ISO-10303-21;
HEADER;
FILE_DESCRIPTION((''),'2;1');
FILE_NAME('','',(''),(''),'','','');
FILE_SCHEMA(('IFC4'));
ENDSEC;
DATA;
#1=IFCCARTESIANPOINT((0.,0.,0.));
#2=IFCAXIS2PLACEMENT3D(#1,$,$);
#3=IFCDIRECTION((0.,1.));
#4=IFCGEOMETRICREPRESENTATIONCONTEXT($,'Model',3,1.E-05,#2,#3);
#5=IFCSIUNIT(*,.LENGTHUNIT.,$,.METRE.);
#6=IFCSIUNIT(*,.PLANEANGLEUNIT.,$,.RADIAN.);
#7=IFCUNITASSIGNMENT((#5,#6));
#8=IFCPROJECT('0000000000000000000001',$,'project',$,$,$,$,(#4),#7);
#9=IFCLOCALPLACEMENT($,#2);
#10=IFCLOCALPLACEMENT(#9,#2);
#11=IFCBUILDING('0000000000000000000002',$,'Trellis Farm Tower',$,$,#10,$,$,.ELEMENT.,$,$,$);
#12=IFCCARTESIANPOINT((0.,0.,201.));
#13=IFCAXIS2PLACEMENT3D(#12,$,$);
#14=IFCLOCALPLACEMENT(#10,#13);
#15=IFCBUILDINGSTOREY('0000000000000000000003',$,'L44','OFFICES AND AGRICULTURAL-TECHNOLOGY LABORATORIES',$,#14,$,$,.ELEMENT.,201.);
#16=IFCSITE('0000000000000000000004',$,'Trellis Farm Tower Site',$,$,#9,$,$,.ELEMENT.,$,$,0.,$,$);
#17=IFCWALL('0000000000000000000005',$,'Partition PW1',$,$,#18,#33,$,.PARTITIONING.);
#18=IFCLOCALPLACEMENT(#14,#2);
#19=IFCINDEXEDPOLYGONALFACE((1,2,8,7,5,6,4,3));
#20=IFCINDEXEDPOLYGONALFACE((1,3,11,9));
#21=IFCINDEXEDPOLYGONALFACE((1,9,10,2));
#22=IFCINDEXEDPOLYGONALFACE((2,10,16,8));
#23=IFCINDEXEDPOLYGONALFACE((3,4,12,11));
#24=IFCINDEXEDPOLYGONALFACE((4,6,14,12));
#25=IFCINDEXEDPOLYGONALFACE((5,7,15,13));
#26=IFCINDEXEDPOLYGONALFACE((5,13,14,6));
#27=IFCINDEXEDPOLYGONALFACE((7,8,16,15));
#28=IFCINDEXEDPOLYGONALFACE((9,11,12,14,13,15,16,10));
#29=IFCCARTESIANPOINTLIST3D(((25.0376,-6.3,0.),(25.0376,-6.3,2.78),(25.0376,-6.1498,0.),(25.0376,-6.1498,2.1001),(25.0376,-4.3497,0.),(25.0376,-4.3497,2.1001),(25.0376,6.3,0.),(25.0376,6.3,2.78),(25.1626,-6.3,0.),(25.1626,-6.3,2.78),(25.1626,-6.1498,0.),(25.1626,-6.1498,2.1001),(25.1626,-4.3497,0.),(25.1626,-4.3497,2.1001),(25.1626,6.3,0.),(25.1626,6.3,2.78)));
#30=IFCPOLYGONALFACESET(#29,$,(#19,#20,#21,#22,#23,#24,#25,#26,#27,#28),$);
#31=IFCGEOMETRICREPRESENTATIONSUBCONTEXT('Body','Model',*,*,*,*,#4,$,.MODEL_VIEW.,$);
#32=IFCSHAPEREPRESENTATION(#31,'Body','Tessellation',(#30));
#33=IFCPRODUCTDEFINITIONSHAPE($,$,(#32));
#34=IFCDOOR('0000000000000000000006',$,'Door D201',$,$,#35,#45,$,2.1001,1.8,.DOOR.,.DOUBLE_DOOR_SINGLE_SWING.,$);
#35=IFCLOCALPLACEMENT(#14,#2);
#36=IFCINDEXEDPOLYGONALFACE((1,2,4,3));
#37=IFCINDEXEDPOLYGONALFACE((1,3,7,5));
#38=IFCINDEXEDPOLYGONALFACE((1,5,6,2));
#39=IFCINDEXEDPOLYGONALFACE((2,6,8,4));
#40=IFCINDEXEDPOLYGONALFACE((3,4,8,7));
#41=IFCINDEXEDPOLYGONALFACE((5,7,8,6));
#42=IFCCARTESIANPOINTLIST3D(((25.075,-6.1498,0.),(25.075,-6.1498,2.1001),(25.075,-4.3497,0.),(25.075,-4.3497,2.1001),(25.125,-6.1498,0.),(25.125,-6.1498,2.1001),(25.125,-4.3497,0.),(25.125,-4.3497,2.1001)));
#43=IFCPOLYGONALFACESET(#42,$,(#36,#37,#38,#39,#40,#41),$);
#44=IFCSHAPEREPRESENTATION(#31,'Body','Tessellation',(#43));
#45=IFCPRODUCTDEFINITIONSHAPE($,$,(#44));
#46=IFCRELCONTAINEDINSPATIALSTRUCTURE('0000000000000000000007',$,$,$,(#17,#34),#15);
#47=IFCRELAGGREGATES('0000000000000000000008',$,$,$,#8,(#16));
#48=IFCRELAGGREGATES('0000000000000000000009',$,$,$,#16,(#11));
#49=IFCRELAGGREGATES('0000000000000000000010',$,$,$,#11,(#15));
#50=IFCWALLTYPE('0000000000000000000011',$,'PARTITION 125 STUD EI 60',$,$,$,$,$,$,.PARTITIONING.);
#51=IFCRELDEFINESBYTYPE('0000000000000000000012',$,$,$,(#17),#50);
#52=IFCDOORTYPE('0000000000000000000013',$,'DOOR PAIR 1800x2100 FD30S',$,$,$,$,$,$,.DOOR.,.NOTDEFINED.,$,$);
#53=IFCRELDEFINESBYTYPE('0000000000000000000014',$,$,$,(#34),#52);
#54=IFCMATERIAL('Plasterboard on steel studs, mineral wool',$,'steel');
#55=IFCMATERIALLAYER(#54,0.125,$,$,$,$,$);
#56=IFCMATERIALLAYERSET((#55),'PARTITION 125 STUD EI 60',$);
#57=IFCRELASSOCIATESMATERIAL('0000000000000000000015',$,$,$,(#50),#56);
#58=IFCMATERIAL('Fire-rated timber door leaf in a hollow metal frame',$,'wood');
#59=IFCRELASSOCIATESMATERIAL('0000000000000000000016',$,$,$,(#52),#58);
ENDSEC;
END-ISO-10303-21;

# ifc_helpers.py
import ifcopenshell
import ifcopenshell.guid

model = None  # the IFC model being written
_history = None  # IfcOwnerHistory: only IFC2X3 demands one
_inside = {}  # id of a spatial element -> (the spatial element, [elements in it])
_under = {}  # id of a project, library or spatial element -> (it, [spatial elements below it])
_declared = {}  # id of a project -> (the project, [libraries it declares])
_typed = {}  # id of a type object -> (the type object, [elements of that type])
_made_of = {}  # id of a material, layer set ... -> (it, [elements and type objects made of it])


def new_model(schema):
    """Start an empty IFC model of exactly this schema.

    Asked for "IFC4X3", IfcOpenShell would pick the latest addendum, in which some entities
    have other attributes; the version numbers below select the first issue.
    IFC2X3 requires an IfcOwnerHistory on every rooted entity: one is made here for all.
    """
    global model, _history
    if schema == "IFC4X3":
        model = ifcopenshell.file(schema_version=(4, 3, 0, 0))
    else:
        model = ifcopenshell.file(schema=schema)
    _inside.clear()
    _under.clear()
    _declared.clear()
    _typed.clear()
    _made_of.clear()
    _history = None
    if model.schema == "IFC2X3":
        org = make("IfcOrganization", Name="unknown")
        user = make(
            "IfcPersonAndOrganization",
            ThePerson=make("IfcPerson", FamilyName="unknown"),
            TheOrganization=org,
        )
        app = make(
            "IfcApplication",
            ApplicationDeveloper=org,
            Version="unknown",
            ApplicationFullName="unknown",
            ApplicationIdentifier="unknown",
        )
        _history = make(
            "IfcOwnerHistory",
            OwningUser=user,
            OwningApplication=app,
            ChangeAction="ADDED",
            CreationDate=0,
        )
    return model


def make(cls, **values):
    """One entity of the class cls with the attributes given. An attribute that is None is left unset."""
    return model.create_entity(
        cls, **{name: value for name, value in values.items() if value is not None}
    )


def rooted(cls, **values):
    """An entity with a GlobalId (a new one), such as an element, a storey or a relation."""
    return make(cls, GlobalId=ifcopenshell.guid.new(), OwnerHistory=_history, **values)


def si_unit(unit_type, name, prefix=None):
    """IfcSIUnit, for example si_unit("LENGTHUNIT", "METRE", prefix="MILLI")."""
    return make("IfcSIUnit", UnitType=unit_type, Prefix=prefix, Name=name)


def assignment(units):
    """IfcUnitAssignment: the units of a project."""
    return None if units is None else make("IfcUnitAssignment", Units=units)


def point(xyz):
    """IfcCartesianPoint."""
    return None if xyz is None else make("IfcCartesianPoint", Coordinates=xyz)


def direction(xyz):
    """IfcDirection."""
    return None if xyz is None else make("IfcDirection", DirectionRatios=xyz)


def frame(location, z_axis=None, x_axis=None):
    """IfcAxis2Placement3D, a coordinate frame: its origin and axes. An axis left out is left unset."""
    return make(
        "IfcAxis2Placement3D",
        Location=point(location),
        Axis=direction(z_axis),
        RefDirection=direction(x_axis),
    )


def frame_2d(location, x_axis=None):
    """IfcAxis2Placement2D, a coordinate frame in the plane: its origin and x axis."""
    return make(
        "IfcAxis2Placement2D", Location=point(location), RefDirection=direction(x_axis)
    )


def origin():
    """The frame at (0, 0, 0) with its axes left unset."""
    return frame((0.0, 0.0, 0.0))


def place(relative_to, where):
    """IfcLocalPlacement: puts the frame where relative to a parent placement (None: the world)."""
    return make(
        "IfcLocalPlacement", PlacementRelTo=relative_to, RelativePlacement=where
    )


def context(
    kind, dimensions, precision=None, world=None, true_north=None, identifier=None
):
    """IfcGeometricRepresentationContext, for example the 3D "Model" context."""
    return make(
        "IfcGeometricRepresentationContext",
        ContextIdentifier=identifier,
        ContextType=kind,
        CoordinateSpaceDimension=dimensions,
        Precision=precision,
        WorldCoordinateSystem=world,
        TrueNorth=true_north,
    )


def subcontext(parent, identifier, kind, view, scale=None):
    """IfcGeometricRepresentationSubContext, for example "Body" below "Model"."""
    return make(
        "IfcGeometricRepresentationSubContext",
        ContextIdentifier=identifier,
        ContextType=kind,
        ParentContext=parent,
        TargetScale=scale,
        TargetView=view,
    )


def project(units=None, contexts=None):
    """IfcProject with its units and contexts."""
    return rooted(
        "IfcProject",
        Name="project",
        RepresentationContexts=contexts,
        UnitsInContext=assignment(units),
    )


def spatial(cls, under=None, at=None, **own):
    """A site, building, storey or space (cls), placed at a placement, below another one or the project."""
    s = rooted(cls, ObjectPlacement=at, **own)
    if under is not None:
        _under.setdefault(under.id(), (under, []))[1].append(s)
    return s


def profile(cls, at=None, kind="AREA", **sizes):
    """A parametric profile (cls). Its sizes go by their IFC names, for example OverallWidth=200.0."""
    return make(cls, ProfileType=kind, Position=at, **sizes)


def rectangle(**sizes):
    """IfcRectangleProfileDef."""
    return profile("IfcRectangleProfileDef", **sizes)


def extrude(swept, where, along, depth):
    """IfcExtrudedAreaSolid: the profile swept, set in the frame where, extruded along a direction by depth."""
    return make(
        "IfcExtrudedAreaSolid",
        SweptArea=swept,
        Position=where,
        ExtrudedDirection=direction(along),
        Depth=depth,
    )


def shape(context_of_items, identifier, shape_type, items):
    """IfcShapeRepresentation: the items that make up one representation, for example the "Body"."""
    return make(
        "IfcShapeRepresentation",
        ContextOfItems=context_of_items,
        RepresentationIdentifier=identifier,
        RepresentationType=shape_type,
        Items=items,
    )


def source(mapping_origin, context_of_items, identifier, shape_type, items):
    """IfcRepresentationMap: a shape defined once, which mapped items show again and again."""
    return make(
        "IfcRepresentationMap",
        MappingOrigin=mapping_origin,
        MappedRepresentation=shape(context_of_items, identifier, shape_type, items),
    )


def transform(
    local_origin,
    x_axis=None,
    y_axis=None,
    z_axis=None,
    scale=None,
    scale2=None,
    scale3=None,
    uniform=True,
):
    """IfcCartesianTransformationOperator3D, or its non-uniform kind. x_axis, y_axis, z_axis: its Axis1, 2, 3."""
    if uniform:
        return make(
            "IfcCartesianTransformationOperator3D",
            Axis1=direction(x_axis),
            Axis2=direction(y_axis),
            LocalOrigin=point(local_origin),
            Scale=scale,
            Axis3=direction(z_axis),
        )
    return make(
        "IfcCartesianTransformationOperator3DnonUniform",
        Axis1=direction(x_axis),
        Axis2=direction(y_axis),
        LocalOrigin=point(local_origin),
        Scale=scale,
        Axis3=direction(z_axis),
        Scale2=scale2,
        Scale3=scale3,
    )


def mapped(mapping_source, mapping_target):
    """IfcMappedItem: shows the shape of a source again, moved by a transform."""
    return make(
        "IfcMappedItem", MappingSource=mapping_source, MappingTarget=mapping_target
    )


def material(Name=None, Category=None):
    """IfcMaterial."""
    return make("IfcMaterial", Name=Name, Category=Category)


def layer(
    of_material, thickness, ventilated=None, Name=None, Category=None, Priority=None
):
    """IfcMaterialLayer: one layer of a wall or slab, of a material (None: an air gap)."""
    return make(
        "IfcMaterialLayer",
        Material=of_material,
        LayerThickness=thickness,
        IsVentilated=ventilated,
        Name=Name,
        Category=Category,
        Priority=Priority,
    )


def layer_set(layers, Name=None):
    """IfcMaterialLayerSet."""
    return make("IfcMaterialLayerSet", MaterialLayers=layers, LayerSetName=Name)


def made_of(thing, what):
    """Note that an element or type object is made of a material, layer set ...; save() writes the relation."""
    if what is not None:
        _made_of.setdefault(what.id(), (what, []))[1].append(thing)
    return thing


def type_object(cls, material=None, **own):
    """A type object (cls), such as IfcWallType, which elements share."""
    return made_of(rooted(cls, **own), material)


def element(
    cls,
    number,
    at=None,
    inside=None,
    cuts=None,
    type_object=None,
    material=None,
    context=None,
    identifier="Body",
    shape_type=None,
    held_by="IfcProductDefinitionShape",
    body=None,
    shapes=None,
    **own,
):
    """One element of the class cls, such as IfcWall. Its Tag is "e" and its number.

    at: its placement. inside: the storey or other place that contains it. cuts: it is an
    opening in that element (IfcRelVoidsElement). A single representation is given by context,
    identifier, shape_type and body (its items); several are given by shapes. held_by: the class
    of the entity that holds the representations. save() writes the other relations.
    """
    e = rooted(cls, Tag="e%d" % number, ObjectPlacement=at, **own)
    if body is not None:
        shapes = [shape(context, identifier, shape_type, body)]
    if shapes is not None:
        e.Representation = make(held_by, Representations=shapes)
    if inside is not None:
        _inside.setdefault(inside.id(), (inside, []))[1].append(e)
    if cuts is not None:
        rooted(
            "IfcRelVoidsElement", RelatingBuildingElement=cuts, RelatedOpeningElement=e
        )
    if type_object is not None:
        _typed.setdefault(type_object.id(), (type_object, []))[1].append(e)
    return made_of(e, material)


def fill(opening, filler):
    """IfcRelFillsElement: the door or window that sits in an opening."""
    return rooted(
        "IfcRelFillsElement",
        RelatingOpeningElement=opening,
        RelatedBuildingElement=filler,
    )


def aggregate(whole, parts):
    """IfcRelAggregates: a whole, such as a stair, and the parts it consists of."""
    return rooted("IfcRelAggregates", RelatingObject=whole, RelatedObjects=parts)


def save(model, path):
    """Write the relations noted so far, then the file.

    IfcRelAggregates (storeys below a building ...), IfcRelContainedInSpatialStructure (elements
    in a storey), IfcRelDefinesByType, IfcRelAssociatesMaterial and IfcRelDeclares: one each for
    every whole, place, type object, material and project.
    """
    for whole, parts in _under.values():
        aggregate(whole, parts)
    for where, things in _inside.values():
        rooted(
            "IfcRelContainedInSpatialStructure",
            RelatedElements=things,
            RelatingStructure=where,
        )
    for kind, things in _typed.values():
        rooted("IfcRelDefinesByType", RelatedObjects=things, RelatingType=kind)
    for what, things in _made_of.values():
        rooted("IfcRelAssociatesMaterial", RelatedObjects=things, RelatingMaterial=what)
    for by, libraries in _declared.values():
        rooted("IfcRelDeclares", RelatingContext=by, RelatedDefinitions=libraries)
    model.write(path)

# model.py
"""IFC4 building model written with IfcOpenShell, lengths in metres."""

from ifc_helpers import new_model, si_unit, direction, frame, frame_2d, origin, place, context, subcontext, project, spatial, rectangle, extrude, source, transform, mapped, material, layer, layer_set, type_object, element, fill, save


model = new_model("IFC4")

# Units and contexts
model_context = context("Model", 3, precision=1e-05, world=origin(), true_north=direction((0.0, 1.0)))
body_context = subcontext(model_context, "Body", "Model", "MODEL_VIEW")
ifc_project = project(units=[si_unit("LENGTHUNIT", "METRE"), si_unit("PLANEANGLEUNIT", "RADIAN")], contexts=[model_context])

# Site, building, storey
site_placement = place(None, origin())
site = spatial("IfcSite", under=ifc_project, at=site_placement, Name="Trellis Farm Tower Site", CompositionType="ELEMENT", RefElevation=0.0)
building_placement = place(site_placement, origin())
building = spatial("IfcBuilding", under=site, at=building_placement, Name="Trellis Farm Tower", CompositionType="ELEMENT")
storey_placement = place(building_placement, frame((0.0, 0.0, 201.0)))
storey = spatial("IfcBuildingStorey", under=building, at=storey_placement, Name="L44", Description="OFFICES AND AGRICULTURAL-TECHNOLOGY LABORATORIES", CompositionType="ELEMENT", Elevation=201.0)

# Wall, opening, door
ifc_material_1 = material(Name="Plasterboard on steel studs, mineral wool", Category="steel")
ifc_layer_1 = layer(ifc_material_1, 0.125)
ifc_layer_set_1 = layer_set([ifc_layer_1], Name="PARTITION 125 STUD EI 60")
wall_type_1 = type_object("IfcWallType", Name="PARTITION 125 STUD EI 60", PredefinedType="PARTITIONING", material=ifc_layer_set_1)
shared_shape_1 = source(origin(), body_context, "Body", "SweptSolid", [
    extrude(rectangle(XDim=12.6001, YDim=0.125, at=frame_2d((6.3, 0.0))), origin(), (0.0, 0.0, 1.0), 2.78),
])
wall_1_placement = place(storey_placement, frame((25.1001, 6.3, 0.0), z_axis=(0.0, 0.0, 1.0), x_axis=(0.0, -1.0, 0.0)))
wall_1 = element("IfcWall", 1, at=wall_1_placement, inside=storey, type_object=wall_type_1, Name="Partition PW1", PredefinedType="PARTITIONING", context=body_context, shape_type="MappedRepresentation", body=[
    mapped(shared_shape_1, transform((0.0, 0.0, 0.0))),
])
shared_shape_2 = source(origin(), body_context, "Body", "SweptSolid", [
    extrude(rectangle(XDim=1.8, YDim=2.1001, at=frame_2d((0.8999, 1.05))), frame((0.0, 0.0725, 0.0), z_axis=(0.0, -1.0, 0.0), x_axis=(1.0, 0.0, 0.0)), (0.0, 0.0, 1.0), 0.145),
])
opening_1_placement = place(wall_1_placement, frame((10.6499, 0.0, 0.0)))
opening_1 = element("IfcOpeningElement", 2, at=opening_1_placement, cuts=wall_1, PredefinedType="OPENING", context=body_context, shape_type="MappedRepresentation", body=[
    mapped(shared_shape_2, transform((0.0, 0.0, 0.0))),
])
ifc_material_2 = material(Name="Fire-rated timber door leaf in a hollow metal frame", Category="wood")
door_type_1 = type_object("IfcDoorType", Name="DOOR PAIR 1800x2100 FD30S", OperationType="NOTDEFINED", PredefinedType="DOOR", material=ifc_material_2)
shared_shape_3 = source(origin(), body_context, "Body", "SweptSolid", [
    extrude(rectangle(XDim=1.8, YDim=2.1001, at=frame_2d((0.8999, 1.05))), frame((0.0, 0.0249, 0.0), z_axis=(0.0, -1.0, 0.0), x_axis=(1.0, 0.0, 0.0)), (0.0, 0.0, 1.0), 0.05),
])
door_1_placement = place(opening_1_placement, origin())
door_1 = element("IfcDoor", 3, at=door_1_placement, inside=storey, type_object=door_type_1, Name="Door D201", OperationType="DOUBLE_DOOR_SINGLE_SWING", OverallHeight=2.1001, OverallWidth=1.8, PredefinedType="DOOR", context=body_context, shape_type="MappedRepresentation", body=[
    mapped(shared_shape_3, transform((0.0, 0.0, 0.0))),
])
fill(opening_1, door_1)

save(model, "model.ifc")
